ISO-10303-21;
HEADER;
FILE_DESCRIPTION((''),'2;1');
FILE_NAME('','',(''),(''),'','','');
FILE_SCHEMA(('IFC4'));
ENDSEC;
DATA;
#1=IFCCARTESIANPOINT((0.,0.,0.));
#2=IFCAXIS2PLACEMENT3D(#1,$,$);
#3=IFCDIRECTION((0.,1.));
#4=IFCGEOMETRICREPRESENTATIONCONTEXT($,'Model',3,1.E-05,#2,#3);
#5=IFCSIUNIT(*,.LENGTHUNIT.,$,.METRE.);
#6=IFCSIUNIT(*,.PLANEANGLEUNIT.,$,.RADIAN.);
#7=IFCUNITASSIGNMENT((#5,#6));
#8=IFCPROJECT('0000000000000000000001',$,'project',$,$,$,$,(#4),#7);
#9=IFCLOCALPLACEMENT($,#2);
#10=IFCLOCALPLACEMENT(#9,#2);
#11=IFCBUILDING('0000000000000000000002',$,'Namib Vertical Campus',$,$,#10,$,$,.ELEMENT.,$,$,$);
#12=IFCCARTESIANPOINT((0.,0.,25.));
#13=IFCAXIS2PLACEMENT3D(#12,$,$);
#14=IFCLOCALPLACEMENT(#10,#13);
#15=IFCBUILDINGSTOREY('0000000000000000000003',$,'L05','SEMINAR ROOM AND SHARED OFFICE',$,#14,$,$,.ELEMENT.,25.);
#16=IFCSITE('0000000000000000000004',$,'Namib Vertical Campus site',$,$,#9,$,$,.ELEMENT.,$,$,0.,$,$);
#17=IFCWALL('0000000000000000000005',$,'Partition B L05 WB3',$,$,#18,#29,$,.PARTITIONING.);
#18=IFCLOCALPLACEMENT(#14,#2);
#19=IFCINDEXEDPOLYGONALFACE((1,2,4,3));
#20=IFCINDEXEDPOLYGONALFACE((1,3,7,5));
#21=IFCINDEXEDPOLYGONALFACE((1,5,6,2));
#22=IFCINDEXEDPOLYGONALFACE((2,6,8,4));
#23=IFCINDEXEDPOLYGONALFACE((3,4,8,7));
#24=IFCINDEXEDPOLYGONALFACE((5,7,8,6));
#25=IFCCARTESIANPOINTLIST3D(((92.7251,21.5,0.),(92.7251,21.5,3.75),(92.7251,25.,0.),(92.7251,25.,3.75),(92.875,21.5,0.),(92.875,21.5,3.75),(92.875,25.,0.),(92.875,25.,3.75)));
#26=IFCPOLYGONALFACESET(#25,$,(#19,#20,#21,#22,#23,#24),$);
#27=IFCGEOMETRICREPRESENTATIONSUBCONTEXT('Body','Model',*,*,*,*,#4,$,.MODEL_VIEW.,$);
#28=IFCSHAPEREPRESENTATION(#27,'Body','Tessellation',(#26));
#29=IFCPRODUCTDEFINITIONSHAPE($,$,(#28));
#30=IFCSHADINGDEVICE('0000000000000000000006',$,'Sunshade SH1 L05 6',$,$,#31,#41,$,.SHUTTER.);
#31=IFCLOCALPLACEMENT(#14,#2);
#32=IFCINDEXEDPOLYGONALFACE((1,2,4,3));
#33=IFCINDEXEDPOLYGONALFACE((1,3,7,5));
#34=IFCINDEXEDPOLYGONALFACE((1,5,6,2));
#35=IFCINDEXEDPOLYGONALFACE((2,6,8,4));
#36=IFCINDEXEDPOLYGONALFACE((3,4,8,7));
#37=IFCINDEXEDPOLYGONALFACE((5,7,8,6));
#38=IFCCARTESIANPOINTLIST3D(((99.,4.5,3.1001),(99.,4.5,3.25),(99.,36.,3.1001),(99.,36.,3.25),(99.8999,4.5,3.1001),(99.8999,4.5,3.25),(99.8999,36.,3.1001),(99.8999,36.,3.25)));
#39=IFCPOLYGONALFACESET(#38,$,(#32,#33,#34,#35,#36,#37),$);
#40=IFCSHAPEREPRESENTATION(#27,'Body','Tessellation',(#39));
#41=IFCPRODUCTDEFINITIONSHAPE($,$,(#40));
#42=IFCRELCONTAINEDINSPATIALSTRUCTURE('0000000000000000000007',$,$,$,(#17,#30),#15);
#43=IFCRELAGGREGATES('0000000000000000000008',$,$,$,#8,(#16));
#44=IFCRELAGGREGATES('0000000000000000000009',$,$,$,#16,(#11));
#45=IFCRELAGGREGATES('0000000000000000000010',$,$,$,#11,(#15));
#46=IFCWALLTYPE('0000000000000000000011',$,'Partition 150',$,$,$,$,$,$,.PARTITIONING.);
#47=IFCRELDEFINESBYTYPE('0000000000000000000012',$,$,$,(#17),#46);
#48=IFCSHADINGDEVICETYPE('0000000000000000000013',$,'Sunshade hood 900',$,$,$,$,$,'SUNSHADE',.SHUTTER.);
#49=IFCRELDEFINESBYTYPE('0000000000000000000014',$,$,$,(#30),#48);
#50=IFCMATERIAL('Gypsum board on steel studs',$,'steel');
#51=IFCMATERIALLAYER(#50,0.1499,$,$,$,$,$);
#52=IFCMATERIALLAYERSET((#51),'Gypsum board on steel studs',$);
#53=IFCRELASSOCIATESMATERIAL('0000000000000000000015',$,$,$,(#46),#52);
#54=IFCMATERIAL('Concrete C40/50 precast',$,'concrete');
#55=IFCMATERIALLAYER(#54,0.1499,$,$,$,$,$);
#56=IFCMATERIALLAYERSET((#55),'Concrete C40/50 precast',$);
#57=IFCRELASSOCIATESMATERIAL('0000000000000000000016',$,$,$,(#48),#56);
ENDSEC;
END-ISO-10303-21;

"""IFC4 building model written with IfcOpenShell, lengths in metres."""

from ifc_helpers import new_model, si_unit, direction, frame, frame_2d, origin, origin_2d, place, context, subcontext, project, spatial, rectangle, extrude, material, layer, layer_set, type_object, element, save


model = new_model("IFC4")

# Units and contexts
model_context = context("Model", 3, precision=1e-05, world=origin(), true_north=direction((0.0, 1.0)))
body_context = subcontext(model_context, "Body", "Model", "MODEL_VIEW")
ifc_project = project(units=[si_unit("LENGTHUNIT", "METRE"), si_unit("PLANEANGLEUNIT", "RADIAN")], contexts=[model_context])

# Site, building, storey
site_placement = place(None, origin())
site = spatial("IfcSite", under=ifc_project, at=site_placement, Name="Namib Vertical Campus site", CompositionType="ELEMENT", RefElevation=0.0)
building_placement = place(site_placement, origin())
building = spatial("IfcBuilding", under=site, at=building_placement, Name="Namib Vertical Campus", CompositionType="ELEMENT")
storey_placement = place(building_placement, frame((0.0, 0.0, 25.0)))
storey = spatial("IfcBuildingStorey", under=building, at=storey_placement, Name="L05", Description="SEMINAR ROOM AND SHARED OFFICE", CompositionType="ELEMENT", Elevation=25.0)

# Shared definitions
ifc_material_1 = material(Name="Gypsum board on steel studs", Category="steel")
ifc_layer_1 = layer(ifc_material_1, 0.1499)
ifc_layer_set_1 = layer_set([ifc_layer_1], Name="Gypsum board on steel studs")
wall_type_1 = type_object("IfcWallType", Name="Partition 150", PredefinedType="PARTITIONING", material=ifc_layer_set_1)

# Wall
wall_1_placement = place(storey_placement, frame((92.8, 21.5, 0.0), z_axis=(0.0, 0.0, 1.0), x_axis=(0.0, 1.0, 0.0)))
element("IfcWall", 1, at=wall_1_placement, inside=storey, type_object=wall_type_1, Name="Partition B L05 WB3", PredefinedType="PARTITIONING", context=body_context, shape_type="SweptSolid", body=[
    extrude(rectangle(XDim=3.5, YDim=0.1499, at=frame_2d((1.75, 0.0))), origin(), (0.0, 0.0, 1.0), 3.75),
])

# Shading device
ifc_material_2 = material(Name="Concrete C40/50 precast", Category="concrete")
ifc_layer_2 = layer(ifc_material_2, 0.1499)
ifc_layer_set_2 = layer_set([ifc_layer_2], Name="Concrete C40/50 precast")
shading_device_type = type_object("IfcShadingDeviceType", Name="Sunshade hood 900", ElementType="SUNSHADE", PredefinedType="SHUTTER", material=ifc_layer_set_2)
shading_device_placement = place(storey_placement, frame((99.45, 20.25, 3.1001), z_axis=(0.0, 0.0, 1.0), x_axis=(0.0, 1.0, 0.0)))
element("IfcShadingDevice", 2, at=shading_device_placement, inside=storey, type_object=shading_device_type, Name="Sunshade SH1 L05 6", PredefinedType="SHUTTER", context=body_context, shape_type="SweptSolid", body=[
    extrude(rectangle(XDim=31.5, YDim=0.8999, at=origin_2d()), origin(), (0.0, 0.0, 1.0), 0.1499),
])

save(model, "model.ifc")
